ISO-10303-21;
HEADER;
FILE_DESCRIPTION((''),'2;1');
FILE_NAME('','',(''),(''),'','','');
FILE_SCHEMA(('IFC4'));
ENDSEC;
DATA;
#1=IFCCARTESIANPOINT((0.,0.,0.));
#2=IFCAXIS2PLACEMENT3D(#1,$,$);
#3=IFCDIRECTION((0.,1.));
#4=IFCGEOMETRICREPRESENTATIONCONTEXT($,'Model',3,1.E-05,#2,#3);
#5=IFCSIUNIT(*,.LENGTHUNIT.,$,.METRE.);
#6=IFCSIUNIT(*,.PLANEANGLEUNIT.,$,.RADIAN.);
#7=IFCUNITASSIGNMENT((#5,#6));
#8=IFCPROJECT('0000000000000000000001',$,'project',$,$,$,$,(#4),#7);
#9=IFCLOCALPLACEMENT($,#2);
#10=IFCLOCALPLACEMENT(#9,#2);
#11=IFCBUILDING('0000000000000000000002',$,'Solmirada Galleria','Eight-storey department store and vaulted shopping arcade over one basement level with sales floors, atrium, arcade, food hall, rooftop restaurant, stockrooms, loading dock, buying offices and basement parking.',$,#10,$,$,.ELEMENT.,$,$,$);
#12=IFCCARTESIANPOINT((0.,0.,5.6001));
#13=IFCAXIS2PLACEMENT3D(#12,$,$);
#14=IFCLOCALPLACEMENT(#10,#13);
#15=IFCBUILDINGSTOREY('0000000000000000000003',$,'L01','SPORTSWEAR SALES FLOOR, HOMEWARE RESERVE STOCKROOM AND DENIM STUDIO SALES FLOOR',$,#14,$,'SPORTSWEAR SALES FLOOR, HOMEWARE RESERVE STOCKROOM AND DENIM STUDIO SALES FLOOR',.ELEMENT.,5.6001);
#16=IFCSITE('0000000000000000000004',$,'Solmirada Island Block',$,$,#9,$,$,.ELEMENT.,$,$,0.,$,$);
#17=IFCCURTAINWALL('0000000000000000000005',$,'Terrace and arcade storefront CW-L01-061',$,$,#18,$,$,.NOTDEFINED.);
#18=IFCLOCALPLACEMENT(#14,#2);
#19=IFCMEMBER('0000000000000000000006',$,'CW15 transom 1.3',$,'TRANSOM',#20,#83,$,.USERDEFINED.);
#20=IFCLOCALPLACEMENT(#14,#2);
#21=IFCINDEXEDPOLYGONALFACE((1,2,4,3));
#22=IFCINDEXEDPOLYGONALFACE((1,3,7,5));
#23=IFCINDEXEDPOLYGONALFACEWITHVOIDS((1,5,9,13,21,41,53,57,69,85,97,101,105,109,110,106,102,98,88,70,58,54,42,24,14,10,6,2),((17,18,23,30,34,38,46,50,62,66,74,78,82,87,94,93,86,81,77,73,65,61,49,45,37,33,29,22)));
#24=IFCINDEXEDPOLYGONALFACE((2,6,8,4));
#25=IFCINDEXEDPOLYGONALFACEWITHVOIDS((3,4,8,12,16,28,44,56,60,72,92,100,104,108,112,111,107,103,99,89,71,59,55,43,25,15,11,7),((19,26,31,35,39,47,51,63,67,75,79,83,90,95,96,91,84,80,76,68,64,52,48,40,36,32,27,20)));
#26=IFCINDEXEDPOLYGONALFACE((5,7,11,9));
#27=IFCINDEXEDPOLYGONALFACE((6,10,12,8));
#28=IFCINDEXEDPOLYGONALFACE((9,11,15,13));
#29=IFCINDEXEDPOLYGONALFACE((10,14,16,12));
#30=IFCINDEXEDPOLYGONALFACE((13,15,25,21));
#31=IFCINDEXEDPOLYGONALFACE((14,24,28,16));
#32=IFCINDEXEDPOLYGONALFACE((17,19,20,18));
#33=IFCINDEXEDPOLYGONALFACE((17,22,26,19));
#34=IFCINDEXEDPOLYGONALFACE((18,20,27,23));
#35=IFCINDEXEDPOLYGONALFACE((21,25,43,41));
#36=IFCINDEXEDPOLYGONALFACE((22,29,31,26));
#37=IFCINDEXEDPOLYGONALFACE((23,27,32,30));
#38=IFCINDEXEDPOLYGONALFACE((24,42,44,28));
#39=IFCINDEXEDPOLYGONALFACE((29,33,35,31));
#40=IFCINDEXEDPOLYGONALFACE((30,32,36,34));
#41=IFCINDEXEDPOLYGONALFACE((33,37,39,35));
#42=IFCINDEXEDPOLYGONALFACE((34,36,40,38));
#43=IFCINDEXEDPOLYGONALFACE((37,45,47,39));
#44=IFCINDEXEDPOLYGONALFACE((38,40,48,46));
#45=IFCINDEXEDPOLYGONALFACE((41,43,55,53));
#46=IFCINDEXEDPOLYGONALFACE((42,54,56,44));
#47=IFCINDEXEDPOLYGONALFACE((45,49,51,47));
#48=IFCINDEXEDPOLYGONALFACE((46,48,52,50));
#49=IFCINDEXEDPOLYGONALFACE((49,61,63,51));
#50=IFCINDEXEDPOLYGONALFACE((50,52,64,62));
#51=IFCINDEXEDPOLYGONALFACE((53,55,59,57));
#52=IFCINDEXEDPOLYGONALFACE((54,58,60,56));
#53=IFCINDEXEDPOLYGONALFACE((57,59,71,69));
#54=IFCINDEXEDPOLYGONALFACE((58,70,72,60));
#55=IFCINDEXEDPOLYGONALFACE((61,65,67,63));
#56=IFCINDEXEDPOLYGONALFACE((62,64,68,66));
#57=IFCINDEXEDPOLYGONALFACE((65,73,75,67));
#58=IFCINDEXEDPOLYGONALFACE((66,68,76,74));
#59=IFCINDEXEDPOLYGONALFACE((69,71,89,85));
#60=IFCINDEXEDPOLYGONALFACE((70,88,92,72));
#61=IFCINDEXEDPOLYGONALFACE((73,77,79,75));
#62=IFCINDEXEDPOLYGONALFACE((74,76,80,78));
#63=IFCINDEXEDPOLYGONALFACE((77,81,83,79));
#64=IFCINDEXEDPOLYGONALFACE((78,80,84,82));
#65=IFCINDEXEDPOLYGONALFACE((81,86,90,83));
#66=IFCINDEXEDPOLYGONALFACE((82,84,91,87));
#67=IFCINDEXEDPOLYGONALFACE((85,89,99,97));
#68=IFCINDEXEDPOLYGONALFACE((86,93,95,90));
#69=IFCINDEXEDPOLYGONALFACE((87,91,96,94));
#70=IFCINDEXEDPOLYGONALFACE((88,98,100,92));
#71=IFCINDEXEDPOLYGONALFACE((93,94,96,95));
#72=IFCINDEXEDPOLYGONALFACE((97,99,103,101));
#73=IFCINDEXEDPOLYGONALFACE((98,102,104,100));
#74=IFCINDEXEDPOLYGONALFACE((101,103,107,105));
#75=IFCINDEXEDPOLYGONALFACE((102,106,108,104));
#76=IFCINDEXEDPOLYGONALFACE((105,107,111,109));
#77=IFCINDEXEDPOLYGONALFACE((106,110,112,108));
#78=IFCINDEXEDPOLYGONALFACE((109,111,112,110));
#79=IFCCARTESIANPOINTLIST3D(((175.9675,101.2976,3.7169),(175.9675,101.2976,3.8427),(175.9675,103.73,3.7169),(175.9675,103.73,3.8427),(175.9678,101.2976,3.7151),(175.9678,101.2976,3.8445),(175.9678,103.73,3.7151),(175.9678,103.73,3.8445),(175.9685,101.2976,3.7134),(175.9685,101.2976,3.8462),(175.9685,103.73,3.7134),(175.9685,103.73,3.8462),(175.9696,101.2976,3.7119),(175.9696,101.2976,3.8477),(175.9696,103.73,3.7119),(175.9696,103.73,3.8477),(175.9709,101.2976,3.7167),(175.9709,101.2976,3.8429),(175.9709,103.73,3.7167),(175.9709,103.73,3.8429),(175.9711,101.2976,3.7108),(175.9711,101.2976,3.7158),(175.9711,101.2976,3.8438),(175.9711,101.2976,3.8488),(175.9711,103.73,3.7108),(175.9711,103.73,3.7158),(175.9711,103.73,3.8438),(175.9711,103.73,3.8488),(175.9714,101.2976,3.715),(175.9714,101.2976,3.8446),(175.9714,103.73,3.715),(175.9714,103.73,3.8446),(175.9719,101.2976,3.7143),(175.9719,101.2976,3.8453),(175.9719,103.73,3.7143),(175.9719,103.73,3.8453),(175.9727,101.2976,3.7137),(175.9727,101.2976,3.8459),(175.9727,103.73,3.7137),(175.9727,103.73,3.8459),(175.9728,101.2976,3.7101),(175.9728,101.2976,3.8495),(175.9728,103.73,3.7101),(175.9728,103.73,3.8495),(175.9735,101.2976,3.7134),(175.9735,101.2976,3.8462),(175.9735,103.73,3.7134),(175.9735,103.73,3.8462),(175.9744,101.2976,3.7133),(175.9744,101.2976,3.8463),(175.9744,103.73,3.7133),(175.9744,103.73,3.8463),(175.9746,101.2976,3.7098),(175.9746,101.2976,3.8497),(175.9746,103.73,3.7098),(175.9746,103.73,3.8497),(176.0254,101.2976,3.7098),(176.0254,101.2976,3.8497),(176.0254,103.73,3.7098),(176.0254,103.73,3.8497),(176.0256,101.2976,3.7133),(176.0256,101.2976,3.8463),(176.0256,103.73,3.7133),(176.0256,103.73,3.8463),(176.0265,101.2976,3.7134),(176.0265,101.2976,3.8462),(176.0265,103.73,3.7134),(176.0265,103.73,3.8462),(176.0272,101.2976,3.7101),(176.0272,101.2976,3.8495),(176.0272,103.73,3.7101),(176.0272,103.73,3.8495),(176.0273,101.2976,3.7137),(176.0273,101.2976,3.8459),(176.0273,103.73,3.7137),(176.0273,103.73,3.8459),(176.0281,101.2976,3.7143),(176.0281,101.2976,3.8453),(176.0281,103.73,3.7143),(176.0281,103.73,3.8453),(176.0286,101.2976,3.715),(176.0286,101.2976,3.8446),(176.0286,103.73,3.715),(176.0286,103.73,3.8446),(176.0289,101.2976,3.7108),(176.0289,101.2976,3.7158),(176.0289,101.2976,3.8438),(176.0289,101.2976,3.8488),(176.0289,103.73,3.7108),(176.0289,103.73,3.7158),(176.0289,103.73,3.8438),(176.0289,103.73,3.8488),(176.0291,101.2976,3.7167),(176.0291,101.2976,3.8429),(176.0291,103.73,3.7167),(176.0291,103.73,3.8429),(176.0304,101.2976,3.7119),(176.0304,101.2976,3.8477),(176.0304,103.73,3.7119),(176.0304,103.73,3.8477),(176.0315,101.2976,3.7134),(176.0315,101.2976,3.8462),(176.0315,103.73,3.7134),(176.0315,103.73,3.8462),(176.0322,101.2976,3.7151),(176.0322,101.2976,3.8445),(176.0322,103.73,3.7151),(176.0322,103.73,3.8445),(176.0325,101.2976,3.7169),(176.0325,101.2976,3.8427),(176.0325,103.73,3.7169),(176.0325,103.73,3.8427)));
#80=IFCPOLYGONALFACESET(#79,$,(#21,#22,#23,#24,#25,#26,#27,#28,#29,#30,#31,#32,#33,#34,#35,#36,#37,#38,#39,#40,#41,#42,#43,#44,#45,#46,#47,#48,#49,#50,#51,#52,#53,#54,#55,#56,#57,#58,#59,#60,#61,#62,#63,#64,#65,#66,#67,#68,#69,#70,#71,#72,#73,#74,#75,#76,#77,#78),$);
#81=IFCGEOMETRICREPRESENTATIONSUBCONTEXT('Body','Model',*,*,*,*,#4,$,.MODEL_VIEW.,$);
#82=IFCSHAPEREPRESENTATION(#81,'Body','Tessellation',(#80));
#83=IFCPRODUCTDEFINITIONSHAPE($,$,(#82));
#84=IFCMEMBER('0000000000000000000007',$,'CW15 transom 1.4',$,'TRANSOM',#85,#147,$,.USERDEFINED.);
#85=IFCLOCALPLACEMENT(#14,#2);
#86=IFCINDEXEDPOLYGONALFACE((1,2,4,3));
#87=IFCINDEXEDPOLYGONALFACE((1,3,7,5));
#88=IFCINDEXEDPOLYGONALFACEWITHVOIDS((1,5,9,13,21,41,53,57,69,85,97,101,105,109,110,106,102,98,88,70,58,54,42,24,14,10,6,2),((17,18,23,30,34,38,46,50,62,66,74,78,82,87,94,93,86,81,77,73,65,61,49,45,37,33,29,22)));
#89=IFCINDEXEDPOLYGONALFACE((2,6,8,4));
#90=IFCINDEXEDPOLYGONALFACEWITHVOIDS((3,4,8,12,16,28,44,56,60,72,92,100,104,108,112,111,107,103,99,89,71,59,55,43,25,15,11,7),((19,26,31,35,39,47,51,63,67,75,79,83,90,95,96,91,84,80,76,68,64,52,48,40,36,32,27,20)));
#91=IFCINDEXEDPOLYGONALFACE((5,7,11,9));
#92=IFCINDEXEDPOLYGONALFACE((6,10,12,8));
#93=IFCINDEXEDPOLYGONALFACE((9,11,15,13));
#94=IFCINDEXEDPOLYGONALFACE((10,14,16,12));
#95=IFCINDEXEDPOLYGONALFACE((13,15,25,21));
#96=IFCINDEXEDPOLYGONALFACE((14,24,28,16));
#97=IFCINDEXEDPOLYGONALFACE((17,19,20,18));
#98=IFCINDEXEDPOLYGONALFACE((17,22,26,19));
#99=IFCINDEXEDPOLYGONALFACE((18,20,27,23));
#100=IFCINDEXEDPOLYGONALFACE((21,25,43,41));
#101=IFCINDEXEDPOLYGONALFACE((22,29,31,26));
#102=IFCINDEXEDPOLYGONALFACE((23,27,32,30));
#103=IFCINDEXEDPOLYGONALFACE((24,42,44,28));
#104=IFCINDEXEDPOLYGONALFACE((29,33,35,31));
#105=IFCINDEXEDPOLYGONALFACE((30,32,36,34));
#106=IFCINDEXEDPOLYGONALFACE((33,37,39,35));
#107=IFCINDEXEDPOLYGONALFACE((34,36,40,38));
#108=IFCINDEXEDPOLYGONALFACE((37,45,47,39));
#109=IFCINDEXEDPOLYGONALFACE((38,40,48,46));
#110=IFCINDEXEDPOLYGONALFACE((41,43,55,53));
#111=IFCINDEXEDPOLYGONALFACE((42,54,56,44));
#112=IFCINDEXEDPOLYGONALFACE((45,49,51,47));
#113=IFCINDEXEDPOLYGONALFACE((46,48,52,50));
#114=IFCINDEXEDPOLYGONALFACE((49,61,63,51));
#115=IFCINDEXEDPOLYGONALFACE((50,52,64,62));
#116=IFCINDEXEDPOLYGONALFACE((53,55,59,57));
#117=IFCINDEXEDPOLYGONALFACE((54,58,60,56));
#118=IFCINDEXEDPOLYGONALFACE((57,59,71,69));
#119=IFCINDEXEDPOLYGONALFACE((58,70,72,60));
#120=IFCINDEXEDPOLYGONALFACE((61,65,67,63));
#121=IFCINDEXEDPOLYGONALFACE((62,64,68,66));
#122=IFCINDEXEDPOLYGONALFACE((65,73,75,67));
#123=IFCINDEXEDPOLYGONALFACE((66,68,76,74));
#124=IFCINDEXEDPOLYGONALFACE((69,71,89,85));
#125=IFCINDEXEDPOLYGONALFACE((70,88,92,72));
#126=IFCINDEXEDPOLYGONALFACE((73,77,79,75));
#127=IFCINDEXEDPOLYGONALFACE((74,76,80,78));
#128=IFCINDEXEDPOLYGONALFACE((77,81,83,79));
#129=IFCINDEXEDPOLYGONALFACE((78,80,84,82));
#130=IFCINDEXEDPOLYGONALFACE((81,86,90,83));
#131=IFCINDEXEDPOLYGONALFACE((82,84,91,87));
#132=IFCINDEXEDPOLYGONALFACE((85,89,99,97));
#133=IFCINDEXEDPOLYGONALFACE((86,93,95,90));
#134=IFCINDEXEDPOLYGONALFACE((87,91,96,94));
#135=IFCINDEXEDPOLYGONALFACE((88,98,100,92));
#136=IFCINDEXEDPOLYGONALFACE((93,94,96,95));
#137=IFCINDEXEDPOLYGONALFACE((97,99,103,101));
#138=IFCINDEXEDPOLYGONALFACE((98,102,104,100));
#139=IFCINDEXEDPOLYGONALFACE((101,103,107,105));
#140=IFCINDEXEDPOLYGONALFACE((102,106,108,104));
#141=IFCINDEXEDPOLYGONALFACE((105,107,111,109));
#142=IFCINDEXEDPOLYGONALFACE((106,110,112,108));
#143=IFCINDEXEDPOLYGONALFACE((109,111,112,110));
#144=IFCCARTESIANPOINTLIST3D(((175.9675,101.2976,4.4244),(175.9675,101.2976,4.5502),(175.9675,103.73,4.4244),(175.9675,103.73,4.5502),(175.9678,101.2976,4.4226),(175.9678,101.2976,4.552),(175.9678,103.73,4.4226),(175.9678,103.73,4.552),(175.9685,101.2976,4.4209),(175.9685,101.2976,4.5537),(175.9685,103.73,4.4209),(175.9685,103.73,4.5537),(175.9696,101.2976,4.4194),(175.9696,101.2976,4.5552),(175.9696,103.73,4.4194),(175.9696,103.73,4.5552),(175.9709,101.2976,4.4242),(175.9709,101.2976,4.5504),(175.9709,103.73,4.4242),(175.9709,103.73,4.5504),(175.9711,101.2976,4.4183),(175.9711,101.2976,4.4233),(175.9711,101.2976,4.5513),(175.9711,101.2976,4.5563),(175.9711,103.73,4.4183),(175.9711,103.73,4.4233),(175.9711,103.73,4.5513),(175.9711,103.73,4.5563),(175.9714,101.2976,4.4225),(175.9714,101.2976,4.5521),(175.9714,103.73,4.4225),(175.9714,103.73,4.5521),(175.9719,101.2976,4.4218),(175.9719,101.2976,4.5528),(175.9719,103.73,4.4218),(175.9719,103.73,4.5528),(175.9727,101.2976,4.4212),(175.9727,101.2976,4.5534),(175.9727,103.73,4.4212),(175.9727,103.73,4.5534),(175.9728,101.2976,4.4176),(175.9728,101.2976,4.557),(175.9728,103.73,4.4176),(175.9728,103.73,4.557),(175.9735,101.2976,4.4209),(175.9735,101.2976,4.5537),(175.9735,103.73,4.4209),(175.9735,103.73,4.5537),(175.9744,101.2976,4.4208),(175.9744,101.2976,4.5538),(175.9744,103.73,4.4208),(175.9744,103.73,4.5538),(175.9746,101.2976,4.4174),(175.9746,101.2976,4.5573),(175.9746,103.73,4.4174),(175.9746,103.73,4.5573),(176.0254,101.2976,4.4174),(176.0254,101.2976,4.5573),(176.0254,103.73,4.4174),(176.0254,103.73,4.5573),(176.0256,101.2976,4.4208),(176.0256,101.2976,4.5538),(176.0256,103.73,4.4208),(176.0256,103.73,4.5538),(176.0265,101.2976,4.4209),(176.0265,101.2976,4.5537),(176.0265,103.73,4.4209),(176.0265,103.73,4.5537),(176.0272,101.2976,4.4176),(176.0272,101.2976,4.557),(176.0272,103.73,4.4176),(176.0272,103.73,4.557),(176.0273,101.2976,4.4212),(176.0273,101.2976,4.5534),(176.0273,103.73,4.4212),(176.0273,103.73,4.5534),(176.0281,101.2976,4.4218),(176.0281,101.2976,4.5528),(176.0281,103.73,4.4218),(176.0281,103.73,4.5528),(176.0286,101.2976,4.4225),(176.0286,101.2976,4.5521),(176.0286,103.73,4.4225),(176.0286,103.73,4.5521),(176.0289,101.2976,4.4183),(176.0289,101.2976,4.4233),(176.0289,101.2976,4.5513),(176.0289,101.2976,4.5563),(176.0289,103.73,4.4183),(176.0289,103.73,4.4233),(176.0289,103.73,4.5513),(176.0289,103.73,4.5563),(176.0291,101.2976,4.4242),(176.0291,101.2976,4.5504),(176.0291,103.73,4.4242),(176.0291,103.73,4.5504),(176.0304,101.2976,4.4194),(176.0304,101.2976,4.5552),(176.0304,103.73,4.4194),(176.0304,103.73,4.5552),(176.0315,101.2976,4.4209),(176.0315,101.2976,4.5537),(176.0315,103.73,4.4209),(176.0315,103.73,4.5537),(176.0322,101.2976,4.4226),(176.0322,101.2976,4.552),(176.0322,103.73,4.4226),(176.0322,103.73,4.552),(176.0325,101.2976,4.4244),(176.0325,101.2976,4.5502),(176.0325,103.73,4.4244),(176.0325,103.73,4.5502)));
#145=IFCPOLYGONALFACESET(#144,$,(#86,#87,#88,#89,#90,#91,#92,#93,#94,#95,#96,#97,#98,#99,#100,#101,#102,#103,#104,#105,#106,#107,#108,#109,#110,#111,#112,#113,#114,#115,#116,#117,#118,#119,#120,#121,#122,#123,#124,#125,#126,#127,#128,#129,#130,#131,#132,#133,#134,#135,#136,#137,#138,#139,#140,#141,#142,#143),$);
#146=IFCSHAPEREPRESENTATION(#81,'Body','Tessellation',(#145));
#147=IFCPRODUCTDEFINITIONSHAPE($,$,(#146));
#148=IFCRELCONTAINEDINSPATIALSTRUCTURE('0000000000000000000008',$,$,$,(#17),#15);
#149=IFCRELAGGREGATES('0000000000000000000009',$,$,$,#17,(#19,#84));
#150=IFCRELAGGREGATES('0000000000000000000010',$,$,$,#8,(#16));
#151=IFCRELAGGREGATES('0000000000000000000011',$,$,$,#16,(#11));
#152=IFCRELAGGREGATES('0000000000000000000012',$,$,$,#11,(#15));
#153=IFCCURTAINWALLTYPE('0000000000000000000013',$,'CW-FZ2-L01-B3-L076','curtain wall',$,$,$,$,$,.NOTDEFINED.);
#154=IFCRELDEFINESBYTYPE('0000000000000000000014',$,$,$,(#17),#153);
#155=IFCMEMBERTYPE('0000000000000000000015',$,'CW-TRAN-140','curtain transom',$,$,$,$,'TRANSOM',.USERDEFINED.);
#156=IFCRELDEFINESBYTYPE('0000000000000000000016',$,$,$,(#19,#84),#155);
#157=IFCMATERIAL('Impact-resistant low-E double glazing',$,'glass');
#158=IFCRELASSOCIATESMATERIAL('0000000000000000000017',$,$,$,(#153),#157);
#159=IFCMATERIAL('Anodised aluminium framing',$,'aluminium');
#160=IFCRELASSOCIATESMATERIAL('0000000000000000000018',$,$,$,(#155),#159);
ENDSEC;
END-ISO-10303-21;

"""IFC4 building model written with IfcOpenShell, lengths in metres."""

from ifc_helpers import new_model, si_unit, direction, frame, origin, origin_2d, place, context, subcontext, project, spatial, hollow_rectangle, extrude, material, material_profile, profile_set, type_object, element, aggregate, save


model = new_model("IFC4")

# Units and contexts
model_context = context("Model", 3, precision=1e-05, world=origin(), true_north=direction((0.0, 1.0)))
body_context = subcontext(model_context, "Body", "Model", "MODEL_VIEW")
ifc_project = project(units=[si_unit("LENGTHUNIT", "METRE"), si_unit("PLANEANGLEUNIT", "RADIAN")], contexts=[model_context])

# Site, building, storey
site_placement = place(None, origin())
site = spatial("IfcSite", under=ifc_project, at=site_placement, Name="Solmirada Island Block", CompositionType="ELEMENT", RefElevation=0.0)
building_placement = place(site_placement, origin())
building = spatial("IfcBuilding", under=site, at=building_placement, Name="Solmirada Galleria", Description="Eight-storey department store and vaulted shopping arcade over one basement level with sales floors, atrium, arcade, food hall, rooftop restaurant, stockrooms, loading dock, buying offices and basement parking.", CompositionType="ELEMENT")
storey_placement = place(building_placement, frame((0.0, 0.0, 5.6001)))
storey = spatial("IfcBuildingStorey", under=building, at=storey_placement, Name="L01", Description="SPORTSWEAR SALES FLOOR, HOMEWARE RESERVE STOCKROOM AND DENIM STUDIO SALES FLOOR", LongName="SPORTSWEAR SALES FLOOR, HOMEWARE RESERVE STOCKROOM AND DENIM STUDIO SALES FLOOR", CompositionType="ELEMENT", Elevation=5.6001)

# Curtain wall, members
ifc_material_1 = material(Name="Impact-resistant low-E double glazing", Category="glass")
curtain_wall_type = type_object("IfcCurtainWallType", Name="CW-FZ2-L01-B3-L076", Description="curtain wall", PredefinedType="NOTDEFINED", material=ifc_material_1)
curtain_wall_placement = place(storey_placement, origin())
curtain_wall = element("IfcCurtainWall", 1, at=curtain_wall_placement, inside=storey, type_object=curtain_wall_type, Name="Terrace and arcade storefront CW-L01-061", PredefinedType="NOTDEFINED")
ifc_material_2 = material(Name="Anodised aluminium framing", Category="aluminium")
ifc_material_profile_1 = material_profile(ifc_material_2, hollow_rectangle(XDim=0.0649, YDim=0.1399, WallThickness=0.0034, InnerFilletRadius=0.0034, OuterFilletRadius=0.0071, at=origin_2d()), Name="ALU-TRAN-140X65")
ifc_profile_set_1 = profile_set([ifc_material_profile_1], Name="Anodised aluminium framing")
member_type_1 = type_object("IfcMemberType", Name="CW-TRAN-140", Description="curtain transom", ElementType="TRANSOM", PredefinedType="USERDEFINED", material=ifc_profile_set_1)
member_1_placement = place(storey_placement, frame((176.0, 103.73, 3.7798), z_axis=(0.0, -1.0, 0.0), x_axis=(1.0, 0.0, 0.0)))
member_1 = element("IfcMember", 2, at=member_1_placement, type_object=member_type_1, Name="CW15 transom 1.3", ObjectType="TRANSOM", PredefinedType="USERDEFINED", context=body_context, shape_type="SweptSolid", body=[
    extrude(hollow_rectangle(XDim=0.0649, YDim=0.1399, WallThickness=0.0034, InnerFilletRadius=0.0034, OuterFilletRadius=0.0071, at=origin_2d()), origin(), (0.0, 0.0, 1.0), 2.4324),
])
member_2_placement = place(storey_placement, frame((176.0, 103.73, 4.4873), z_axis=(0.0, -1.0, 0.0), x_axis=(1.0, 0.0, 0.0)))
member_2 = element("IfcMember", 3, at=member_2_placement, type_object=member_type_1, Name="CW15 transom 1.4", ObjectType="TRANSOM", PredefinedType="USERDEFINED", context=body_context, shape_type="SweptSolid", body=[
    extrude(hollow_rectangle(XDim=0.0649, YDim=0.1399, WallThickness=0.0034, InnerFilletRadius=0.0034, OuterFilletRadius=0.0071, at=origin_2d()), origin(), (0.0, 0.0, 1.0), 2.4324),
])
aggregate(curtain_wall, [member_1, member_2])

save(model, "model.ifc")
